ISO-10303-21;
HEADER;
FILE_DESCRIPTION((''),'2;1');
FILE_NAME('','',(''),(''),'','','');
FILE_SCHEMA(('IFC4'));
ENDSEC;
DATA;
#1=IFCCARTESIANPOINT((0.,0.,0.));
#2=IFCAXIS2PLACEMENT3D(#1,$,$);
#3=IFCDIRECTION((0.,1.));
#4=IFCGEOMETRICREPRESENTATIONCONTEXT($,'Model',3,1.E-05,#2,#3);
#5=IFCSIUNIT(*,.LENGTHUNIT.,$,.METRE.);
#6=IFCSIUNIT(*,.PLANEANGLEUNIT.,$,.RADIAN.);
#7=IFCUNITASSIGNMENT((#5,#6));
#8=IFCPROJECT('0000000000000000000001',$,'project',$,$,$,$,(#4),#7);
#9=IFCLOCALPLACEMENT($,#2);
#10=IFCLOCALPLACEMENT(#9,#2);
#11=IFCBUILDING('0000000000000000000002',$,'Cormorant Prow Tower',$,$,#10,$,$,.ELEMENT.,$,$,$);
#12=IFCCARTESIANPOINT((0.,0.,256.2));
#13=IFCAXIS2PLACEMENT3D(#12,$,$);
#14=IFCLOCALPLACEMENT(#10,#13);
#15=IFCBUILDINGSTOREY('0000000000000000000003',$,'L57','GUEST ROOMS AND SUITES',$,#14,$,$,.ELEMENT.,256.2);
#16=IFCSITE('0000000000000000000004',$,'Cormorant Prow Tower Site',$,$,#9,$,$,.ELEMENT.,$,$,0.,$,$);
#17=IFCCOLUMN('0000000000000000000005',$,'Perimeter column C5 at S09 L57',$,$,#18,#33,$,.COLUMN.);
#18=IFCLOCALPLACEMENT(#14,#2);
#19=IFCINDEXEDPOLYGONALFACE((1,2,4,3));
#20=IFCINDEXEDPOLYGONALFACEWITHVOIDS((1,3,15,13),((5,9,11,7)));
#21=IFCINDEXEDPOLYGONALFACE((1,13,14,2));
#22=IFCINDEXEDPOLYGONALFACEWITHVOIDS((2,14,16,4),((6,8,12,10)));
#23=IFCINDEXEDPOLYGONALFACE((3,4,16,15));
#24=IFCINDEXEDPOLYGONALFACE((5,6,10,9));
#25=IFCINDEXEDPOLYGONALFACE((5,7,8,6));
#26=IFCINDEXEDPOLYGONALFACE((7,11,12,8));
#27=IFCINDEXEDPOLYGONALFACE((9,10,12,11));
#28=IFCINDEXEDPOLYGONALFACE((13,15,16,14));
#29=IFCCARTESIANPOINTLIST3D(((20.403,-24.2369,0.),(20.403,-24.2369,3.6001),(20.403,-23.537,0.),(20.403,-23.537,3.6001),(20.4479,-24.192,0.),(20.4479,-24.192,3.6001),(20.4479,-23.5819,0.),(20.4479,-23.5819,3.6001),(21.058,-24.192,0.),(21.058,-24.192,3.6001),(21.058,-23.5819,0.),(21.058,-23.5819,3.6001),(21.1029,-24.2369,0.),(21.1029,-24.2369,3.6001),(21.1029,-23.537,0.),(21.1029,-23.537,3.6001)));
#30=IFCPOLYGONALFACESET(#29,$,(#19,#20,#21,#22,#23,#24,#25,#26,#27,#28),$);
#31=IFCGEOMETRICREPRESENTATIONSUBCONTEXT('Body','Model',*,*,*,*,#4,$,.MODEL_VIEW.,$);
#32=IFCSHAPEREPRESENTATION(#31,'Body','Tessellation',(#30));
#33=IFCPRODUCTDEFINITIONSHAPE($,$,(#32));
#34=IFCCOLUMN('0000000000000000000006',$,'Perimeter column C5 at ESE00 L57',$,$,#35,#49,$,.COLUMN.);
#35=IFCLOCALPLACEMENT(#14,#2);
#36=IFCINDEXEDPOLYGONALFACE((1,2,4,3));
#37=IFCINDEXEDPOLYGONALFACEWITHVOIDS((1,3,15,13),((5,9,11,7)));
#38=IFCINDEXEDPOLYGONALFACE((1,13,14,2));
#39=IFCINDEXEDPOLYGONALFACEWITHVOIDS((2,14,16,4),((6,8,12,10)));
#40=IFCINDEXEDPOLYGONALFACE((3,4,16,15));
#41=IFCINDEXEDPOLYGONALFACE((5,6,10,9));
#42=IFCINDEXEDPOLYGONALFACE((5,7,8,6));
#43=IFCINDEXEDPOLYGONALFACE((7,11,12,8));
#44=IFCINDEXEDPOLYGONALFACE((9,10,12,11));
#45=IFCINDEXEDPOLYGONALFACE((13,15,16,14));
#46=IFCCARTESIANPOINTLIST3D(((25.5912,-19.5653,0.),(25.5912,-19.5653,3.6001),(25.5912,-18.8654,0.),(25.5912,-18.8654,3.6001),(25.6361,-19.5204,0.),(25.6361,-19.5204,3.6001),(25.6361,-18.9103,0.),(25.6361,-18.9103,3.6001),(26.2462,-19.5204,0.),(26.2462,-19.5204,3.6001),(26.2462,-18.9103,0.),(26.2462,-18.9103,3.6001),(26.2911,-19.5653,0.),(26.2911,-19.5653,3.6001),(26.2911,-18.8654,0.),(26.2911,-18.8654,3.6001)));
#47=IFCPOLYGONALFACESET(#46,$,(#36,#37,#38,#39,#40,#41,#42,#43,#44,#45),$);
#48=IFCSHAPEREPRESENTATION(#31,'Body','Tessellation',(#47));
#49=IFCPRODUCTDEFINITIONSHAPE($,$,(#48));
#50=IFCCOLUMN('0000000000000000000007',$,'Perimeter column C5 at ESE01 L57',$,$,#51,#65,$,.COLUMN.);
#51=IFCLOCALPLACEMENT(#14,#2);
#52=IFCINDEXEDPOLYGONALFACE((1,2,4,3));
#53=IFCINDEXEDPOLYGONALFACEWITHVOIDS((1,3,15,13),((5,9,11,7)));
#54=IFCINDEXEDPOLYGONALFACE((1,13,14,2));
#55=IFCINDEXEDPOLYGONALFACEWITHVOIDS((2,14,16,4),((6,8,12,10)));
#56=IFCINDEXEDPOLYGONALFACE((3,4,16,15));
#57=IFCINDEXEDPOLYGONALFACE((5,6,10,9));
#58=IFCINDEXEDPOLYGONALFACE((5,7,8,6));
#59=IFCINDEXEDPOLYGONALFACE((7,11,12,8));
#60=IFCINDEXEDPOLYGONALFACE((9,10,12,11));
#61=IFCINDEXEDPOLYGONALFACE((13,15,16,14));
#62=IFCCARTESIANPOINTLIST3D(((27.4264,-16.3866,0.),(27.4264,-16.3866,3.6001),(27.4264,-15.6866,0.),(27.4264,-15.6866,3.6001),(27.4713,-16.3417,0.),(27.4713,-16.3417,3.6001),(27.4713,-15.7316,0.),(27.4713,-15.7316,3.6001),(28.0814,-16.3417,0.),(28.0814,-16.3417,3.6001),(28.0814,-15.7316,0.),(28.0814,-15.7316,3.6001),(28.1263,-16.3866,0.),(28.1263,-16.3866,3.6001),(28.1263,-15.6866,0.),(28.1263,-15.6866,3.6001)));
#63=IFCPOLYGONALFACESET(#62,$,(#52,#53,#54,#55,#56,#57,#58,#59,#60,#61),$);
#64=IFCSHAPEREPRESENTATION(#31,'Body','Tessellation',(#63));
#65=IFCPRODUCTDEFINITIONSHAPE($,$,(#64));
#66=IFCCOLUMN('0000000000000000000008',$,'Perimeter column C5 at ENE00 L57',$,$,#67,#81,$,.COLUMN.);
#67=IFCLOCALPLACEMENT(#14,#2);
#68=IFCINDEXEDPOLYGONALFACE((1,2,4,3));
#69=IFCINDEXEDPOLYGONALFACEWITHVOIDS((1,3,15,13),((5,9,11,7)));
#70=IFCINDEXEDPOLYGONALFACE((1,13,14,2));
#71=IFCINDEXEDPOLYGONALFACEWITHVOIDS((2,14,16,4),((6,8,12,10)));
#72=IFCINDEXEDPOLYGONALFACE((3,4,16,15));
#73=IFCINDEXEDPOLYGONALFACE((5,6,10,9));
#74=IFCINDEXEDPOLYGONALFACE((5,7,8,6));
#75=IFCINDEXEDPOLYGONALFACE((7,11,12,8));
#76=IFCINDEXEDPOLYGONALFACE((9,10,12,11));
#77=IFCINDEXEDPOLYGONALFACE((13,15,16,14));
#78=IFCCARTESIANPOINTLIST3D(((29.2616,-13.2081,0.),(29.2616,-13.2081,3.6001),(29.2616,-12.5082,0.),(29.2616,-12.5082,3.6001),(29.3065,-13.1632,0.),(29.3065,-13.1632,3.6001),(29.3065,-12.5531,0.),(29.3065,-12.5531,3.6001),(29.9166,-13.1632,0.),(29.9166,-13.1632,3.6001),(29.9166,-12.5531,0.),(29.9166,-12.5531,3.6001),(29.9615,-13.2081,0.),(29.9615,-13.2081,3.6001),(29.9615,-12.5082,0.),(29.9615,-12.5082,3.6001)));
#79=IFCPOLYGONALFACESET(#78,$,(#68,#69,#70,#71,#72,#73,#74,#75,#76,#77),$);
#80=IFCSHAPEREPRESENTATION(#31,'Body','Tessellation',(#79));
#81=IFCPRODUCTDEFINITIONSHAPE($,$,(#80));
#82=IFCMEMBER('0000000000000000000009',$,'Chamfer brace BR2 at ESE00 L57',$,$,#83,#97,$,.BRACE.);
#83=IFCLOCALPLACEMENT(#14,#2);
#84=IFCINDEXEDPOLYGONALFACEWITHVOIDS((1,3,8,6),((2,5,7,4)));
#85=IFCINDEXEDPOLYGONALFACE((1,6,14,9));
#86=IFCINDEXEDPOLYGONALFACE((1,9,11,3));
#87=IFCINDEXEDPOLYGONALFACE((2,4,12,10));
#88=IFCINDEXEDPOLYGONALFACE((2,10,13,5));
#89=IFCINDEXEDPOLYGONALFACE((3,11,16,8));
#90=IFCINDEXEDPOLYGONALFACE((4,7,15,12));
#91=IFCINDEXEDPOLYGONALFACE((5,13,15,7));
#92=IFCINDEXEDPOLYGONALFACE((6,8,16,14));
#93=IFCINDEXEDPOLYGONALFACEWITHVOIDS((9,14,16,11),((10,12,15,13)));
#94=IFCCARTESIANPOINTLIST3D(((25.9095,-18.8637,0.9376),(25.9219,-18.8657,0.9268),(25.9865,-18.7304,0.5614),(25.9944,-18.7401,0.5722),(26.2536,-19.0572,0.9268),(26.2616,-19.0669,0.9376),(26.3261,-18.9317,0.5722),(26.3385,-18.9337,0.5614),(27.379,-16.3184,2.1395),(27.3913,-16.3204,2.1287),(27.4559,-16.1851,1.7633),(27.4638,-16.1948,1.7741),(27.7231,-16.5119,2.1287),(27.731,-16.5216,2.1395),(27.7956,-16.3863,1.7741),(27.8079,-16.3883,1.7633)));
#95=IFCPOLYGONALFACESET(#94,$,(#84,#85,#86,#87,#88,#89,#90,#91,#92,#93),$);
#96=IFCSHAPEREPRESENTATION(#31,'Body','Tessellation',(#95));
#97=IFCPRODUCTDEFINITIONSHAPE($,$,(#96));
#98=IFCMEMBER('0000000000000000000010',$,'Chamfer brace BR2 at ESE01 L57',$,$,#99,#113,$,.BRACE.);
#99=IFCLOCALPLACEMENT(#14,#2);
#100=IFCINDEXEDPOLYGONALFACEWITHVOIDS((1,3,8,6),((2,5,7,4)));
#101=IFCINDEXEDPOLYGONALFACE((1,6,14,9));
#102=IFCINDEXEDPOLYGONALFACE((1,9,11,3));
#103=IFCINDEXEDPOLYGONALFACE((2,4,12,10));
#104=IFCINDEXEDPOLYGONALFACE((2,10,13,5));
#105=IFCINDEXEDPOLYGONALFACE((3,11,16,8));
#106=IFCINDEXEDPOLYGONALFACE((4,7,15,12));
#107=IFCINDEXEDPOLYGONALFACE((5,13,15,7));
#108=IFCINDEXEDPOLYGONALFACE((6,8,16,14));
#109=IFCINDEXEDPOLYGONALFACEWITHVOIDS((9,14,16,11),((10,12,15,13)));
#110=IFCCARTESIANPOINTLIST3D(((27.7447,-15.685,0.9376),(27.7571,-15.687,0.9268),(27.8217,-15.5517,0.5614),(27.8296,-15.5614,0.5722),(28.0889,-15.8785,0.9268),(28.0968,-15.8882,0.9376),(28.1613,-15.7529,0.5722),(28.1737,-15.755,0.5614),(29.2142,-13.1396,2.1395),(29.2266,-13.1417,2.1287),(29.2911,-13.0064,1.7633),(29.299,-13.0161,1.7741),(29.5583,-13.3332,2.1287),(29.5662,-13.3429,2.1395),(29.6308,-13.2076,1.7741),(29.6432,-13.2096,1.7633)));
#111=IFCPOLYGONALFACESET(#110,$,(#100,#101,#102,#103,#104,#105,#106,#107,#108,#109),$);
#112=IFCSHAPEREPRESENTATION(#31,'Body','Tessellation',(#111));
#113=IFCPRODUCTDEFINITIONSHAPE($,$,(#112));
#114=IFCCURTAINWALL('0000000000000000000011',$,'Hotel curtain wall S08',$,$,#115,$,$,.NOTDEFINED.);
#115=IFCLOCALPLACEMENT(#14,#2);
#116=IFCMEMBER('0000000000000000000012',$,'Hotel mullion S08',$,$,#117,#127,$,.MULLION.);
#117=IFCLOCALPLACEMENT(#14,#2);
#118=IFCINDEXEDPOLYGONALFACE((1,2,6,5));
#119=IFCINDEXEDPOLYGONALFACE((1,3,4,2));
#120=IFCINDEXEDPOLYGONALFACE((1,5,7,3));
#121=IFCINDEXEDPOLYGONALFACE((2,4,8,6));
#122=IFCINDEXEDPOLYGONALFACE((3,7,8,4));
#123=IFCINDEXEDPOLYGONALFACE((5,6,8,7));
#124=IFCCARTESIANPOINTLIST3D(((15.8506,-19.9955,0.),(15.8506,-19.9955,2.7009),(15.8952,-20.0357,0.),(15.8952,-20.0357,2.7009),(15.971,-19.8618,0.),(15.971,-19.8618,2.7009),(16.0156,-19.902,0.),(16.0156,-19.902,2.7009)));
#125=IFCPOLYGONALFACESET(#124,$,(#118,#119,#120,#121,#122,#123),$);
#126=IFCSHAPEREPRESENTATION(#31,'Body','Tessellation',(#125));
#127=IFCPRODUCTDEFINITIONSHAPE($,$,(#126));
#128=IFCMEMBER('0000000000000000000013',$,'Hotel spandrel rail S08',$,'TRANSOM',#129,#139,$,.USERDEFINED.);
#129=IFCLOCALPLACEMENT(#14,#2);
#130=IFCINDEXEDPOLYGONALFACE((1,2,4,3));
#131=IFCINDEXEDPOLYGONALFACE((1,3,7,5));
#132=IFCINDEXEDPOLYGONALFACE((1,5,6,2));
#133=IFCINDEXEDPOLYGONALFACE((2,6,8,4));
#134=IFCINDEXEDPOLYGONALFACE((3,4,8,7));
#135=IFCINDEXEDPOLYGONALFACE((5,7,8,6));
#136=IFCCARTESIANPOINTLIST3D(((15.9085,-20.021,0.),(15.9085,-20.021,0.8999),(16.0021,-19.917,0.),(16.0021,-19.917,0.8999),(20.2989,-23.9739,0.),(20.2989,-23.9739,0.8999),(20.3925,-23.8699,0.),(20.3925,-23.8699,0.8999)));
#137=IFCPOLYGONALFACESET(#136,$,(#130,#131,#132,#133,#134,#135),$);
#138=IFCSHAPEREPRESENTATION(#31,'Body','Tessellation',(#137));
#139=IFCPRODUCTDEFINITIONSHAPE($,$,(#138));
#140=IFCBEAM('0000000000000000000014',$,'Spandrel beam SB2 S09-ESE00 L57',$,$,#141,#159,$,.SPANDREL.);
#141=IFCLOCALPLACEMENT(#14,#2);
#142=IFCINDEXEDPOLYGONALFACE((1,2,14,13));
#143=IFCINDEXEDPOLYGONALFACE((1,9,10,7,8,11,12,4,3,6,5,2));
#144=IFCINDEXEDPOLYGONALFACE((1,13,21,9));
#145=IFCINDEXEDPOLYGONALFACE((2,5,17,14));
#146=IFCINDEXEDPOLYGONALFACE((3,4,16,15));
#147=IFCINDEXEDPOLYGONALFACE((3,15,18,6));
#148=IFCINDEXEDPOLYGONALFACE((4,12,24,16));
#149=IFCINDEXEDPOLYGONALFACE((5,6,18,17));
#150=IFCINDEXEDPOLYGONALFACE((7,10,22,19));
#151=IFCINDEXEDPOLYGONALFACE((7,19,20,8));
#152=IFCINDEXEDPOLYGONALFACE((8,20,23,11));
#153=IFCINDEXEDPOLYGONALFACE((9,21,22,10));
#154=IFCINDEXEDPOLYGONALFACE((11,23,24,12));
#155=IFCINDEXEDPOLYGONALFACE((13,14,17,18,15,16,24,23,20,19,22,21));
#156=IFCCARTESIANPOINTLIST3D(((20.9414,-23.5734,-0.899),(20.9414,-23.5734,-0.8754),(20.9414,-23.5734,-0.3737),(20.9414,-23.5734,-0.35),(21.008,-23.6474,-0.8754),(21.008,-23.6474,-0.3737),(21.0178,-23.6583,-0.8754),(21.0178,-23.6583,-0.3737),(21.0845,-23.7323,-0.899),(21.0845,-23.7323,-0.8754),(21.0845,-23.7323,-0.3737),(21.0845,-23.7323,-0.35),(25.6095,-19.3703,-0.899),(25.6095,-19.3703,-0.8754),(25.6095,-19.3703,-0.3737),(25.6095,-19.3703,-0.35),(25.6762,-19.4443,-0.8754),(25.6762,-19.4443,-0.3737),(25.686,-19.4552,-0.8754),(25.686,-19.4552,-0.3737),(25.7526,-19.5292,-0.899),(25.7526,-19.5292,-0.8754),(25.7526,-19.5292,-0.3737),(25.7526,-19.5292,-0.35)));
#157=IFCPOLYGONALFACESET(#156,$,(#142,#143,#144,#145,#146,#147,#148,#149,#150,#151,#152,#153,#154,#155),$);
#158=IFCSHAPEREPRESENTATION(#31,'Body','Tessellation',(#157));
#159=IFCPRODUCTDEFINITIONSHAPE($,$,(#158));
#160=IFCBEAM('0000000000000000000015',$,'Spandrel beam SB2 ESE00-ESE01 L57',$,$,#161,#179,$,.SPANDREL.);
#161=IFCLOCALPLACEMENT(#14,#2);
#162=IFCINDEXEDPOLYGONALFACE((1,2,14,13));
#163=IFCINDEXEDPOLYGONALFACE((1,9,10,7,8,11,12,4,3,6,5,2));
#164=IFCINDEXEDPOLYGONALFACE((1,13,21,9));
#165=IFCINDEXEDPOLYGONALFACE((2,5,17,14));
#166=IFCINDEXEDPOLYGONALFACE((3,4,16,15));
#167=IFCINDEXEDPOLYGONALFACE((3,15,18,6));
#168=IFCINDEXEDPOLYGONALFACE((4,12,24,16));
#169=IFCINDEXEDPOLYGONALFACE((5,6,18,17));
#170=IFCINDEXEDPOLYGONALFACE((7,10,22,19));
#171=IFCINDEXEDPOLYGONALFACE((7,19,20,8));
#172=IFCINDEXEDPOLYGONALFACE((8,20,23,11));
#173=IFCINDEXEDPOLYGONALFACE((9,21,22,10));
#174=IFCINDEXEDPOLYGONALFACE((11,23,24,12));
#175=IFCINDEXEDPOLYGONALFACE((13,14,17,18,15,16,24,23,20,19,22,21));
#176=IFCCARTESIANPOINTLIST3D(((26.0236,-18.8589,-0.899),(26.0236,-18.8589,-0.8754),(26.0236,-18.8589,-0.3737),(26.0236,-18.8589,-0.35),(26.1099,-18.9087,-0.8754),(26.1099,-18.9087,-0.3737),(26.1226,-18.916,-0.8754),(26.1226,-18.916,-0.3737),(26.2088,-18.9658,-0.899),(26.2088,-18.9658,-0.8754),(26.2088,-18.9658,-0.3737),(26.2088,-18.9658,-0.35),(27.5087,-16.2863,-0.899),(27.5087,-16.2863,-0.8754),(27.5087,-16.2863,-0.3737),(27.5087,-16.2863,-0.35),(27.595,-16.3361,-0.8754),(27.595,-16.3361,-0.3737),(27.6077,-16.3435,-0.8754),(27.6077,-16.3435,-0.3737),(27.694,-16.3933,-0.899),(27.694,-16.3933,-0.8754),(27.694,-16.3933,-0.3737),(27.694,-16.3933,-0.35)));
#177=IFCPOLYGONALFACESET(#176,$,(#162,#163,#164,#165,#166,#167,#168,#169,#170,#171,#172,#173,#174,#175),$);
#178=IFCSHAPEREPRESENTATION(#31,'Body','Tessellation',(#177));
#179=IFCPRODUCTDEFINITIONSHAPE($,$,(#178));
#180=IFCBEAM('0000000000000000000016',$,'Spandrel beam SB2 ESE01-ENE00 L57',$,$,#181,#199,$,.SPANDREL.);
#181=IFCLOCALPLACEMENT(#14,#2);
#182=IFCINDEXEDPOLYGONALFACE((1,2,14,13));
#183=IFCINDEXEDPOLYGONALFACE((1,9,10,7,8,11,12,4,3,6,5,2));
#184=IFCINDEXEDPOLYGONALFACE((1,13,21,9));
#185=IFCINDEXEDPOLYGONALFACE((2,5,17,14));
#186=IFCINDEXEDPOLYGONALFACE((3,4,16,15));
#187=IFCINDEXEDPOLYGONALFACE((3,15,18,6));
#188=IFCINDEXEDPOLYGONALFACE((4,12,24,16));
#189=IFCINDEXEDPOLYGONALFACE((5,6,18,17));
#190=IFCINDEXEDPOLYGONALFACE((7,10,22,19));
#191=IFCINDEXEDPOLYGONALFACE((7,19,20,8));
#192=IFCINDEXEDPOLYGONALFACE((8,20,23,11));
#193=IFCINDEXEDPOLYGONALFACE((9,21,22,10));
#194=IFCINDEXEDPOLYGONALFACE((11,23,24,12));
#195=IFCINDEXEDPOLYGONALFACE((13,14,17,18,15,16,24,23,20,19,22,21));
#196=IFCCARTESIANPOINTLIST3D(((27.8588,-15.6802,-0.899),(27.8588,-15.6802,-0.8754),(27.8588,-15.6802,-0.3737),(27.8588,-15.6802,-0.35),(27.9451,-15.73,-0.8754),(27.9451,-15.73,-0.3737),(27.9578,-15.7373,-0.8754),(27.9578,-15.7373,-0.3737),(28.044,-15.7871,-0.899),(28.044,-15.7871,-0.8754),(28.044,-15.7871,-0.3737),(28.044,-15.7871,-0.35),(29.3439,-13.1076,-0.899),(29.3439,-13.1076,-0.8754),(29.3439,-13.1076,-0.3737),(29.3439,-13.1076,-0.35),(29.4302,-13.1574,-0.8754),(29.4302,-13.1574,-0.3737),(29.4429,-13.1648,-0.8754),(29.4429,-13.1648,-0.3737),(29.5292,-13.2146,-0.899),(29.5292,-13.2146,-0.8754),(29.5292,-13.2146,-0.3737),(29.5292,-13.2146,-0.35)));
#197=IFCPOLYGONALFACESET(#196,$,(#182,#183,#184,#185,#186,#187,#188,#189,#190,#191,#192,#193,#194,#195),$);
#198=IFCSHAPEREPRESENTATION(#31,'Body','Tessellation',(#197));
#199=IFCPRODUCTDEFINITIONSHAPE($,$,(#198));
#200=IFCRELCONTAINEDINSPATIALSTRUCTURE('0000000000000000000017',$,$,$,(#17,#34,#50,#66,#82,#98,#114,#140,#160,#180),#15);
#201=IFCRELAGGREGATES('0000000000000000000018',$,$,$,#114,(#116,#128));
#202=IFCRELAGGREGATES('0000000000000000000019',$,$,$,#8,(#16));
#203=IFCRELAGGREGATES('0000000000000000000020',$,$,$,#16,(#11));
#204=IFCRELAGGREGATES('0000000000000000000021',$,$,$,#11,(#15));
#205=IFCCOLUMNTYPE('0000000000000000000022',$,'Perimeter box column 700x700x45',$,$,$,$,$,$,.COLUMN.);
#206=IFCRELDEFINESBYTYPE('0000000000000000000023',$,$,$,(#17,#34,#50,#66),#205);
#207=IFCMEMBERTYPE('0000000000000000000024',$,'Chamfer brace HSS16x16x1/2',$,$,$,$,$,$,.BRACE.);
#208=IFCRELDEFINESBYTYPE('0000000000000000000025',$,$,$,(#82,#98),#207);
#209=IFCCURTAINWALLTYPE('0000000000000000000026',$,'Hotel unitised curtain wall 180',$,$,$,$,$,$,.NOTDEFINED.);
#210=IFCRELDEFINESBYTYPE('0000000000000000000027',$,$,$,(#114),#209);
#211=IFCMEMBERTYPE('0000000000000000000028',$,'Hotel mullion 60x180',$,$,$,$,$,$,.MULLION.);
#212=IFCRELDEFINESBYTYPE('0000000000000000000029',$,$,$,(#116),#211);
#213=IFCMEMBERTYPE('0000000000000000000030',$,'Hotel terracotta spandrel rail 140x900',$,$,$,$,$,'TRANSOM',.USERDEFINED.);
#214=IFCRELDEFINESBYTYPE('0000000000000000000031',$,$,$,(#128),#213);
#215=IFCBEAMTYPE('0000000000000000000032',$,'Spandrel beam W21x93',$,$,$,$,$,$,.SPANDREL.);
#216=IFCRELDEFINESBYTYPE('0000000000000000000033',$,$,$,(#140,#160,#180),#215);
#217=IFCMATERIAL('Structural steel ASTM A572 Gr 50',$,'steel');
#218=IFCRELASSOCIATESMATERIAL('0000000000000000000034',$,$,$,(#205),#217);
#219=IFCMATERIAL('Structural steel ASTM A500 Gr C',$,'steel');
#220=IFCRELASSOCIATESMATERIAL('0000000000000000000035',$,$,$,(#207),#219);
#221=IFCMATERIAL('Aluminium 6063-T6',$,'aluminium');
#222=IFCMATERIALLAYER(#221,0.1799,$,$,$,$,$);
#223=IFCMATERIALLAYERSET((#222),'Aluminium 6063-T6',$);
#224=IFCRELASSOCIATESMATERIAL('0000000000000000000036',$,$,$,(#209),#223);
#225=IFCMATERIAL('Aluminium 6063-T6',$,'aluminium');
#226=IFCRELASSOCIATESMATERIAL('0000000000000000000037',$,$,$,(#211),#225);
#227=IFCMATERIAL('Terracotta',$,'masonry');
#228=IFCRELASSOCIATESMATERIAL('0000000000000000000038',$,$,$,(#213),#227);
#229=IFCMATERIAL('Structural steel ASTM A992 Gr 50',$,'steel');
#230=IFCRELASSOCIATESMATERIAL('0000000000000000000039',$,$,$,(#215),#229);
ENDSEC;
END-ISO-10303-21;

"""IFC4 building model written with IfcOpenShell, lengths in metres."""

from ifc_helpers import new_model, si_unit, direction, frame, origin, origin_2d, place, context, subcontext, project, spatial, rectangle, hollow_rectangle, i_section, extrude, material, layer, layer_set, material_profile, profile_set, type_object, element, aggregate, save


model = new_model("IFC4")

# Units and contexts
model_context = context("Model", 3, precision=1e-05, world=origin(), true_north=direction((0.0, 1.0)))
body_context = subcontext(model_context, "Body", "Model", "MODEL_VIEW")
ifc_project = project(units=[si_unit("LENGTHUNIT", "METRE"), si_unit("PLANEANGLEUNIT", "RADIAN")], contexts=[model_context])

# Site, building, storey
site_placement = place(None, origin())
site = spatial("IfcSite", under=ifc_project, at=site_placement, Name="Cormorant Prow Tower Site", CompositionType="ELEMENT", RefElevation=0.0)
building_placement = place(site_placement, origin())
building = spatial("IfcBuilding", under=site, at=building_placement, Name="Cormorant Prow Tower", CompositionType="ELEMENT")
storey_placement = place(building_placement, frame((0.0, 0.0, 256.2)))
storey = spatial("IfcBuildingStorey", under=building, at=storey_placement, Name="L57", Description="GUEST ROOMS AND SUITES", CompositionType="ELEMENT", Elevation=256.2)

# Columns
ifc_material_1 = material(Name="Structural steel ASTM A572 Gr 50", Category="steel")
ifc_material_profile_1 = material_profile(ifc_material_1, hollow_rectangle(XDim=0.7, YDim=0.7, WallThickness=0.0449, at=origin_2d()), Name="Box 700x700x45")
ifc_profile_set_1 = profile_set([ifc_material_profile_1], Name="Structural steel ASTM A572 Gr 50")
column_type = type_object("IfcColumnType", Name="Perimeter box column 700x700x45", PredefinedType="COLUMN", material=ifc_profile_set_1)
for number, where, z_axis, x_axis, name in (
    (1, (20.7529, -23.887, 0.0), (0.0, 0.0, 1.0), (1.0, 0.0, 0.0), "Perimeter column C5 at S09 L57"),
    (2, (25.9412, -19.2153, 0.0), (0.0, 0.0, 1.0), (1.0, 0.0, 0.0), "Perimeter column C5 at ESE00 L57"),
    (3, (27.7764, -16.0366, 0.0), (0.0, 0.0, 1.0), (1.0, 0.0, 0.0), "Perimeter column C5 at ESE01 L57"),
    (4, (29.6116, -12.8582, 0.0), (0.0, 0.0, 1.0), (1.0, 0.0, 0.0), "Perimeter column C5 at ENE00 L57"),
):
    element("IfcColumn", number, at=place(storey_placement, frame(where, z_axis=z_axis, x_axis=x_axis)), inside=storey, type_object=column_type, Name=name, PredefinedType="COLUMN", context=body_context, shape_type="SweptSolid", body=[
        extrude(hollow_rectangle(XDim=0.7, YDim=0.7, WallThickness=0.0449, at=origin_2d()), origin(), (0.0, 0.0, 1.0), 3.6001),
    ])

# Members
ifc_material_2 = material(Name="Structural steel ASTM A500 Gr C", Category="steel")
ifc_material_profile_2 = material_profile(ifc_material_2, hollow_rectangle(XDim=0.4065, YDim=0.4065, WallThickness=0.0117, at=origin_2d()), Name="HSS16x16x1/2")
ifc_profile_set_2 = profile_set([ifc_material_profile_2], Name="Structural steel ASTM A500 Gr C")
member_type_1 = type_object("IfcMemberType", Name="Chamfer brace HSS16x16x1/2", PredefinedType="BRACE", material=ifc_profile_set_2)
for number, where, z_axis, x_axis, name in (
    (5, (26.124, -18.8987, 0.7495), (0.462773, 0.801607, 0.378507), (-0.866042, 0.499972, 0.0), "Chamfer brace BR2 at ESE00 L57"),
    (6, (27.9592, -15.72, 0.7495), (0.462773, 0.801607, 0.378507), (-0.866042, 0.499972, 0.0), "Chamfer brace BR2 at ESE01 L57"),
):
    element("IfcMember", number, at=place(storey_placement, frame(where, z_axis=z_axis, x_axis=x_axis)), inside=storey, type_object=member_type_1, Name=name, PredefinedType="BRACE", context=body_context, shape_type="SweptSolid", body=[
        extrude(hollow_rectangle(XDim=0.4065, YDim=0.4065, WallThickness=0.0117, at=origin_2d()), origin(), (0.0, 0.0, 1.0), 3.1753),
    ])

# Curtain wall, members
ifc_material_3 = material(Name="Aluminium 6063-T6", Category="aluminium")
ifc_layer_1 = layer(ifc_material_3, 0.1799)
ifc_layer_set_1 = layer_set([ifc_layer_1], Name="Aluminium 6063-T6")
curtain_wall_type = type_object("IfcCurtainWallType", Name="Hotel unitised curtain wall 180", PredefinedType="NOTDEFINED", material=ifc_layer_set_1)
curtain_wall_placement = place(storey_placement, origin())
curtain_wall = element("IfcCurtainWall", 7, at=curtain_wall_placement, inside=storey, type_object=curtain_wall_type, Name="Hotel curtain wall S08", PredefinedType="NOTDEFINED")
ifc_material_4 = material(Name="Aluminium 6063-T6", Category="aluminium")
ifc_material_profile_3 = material_profile(ifc_material_4, rectangle(XDim=0.1799, YDim=0.0601, at=origin_2d()), Name="Hotel mullion 60x180")
ifc_profile_set_3 = profile_set([ifc_material_profile_3], Name="Aluminium 6063-T6")
member_type_2 = type_object("IfcMemberType", Name="Hotel mullion 60x180", PredefinedType="MULLION", material=ifc_profile_set_3)
member_1_placement = place(storey_placement, frame((15.9331, -19.9487, 0.0), z_axis=(0.0, 0.0, 1.0), x_axis=(0.669131, 0.743145, 0.0)))
member_1 = element("IfcMember", 8, at=member_1_placement, type_object=member_type_2, Name="Hotel mullion S08", PredefinedType="MULLION", context=body_context, shape_type="SweptSolid", body=[
    extrude(rectangle(XDim=0.1799, YDim=0.0601, at=origin_2d()), origin(), (0.0, 0.0, 1.0), 2.7009),
])
ifc_material_5 = material(Name="Terracotta", Category="masonry")
ifc_material_profile_4 = material_profile(ifc_material_5, rectangle(XDim=0.1399, YDim=0.8999, at=origin_2d()), Name="Hotel terracotta spandrel rail 140x900")
ifc_profile_set_4 = profile_set([ifc_material_profile_4], Name="Terracotta")
member_type_3 = type_object("IfcMemberType", Name="Hotel terracotta spandrel rail 140x900", ElementType="TRANSOM", PredefinedType="USERDEFINED", material=ifc_profile_set_4)
member_2_placement = place(storey_placement, frame((15.9553, -19.969, 0.45), z_axis=(0.743165, -0.669109, 0.0), x_axis=(0.669109, 0.743165, 0.0)))
member_2 = element("IfcMember", 9, at=member_2_placement, type_object=member_type_3, Name="Hotel spandrel rail S08", ObjectType="TRANSOM", PredefinedType="USERDEFINED", context=body_context, shape_type="SweptSolid", body=[
    extrude(rectangle(XDim=0.1399, YDim=0.8999, at=origin_2d()), origin(), (0.0, 0.0, 1.0), 5.9077),
])

# Beams
ifc_material_6 = material(Name="Structural steel ASTM A992 Gr 50", Category="steel")
ifc_material_profile_5 = material_profile(ifc_material_6, i_section(OverallWidth=0.2139, OverallDepth=0.5491, WebThickness=0.0146, FlangeThickness=0.0237, at=origin_2d()), Name="W21x93")
ifc_profile_set_5 = profile_set([ifc_material_profile_5], Name="Structural steel ASTM A992 Gr 50")
beam_type = type_object("IfcBeamType", Name="Spandrel beam W21x93", PredefinedType="SPANDREL", material=ifc_profile_set_5)
beam_placement = place(storey_placement, frame((21.0129, -23.6528, -0.6245), z_axis=(0.743157, 0.669117, 0.0), x_axis=(-0.669117, 0.743157, 0.0)))
element("IfcBeam", 10, at=beam_placement, inside=storey, type_object=beam_type, Name="Spandrel beam SB2 S09-ESE00 L57", PredefinedType="SPANDREL", context=body_context, shape_type="SweptSolid", body=[
    extrude(i_section(OverallWidth=0.2139, OverallDepth=0.5491, WebThickness=0.0146, FlangeThickness=0.0237, at=origin_2d()), origin(), (0.0, 0.0, 1.0), 6.2815),
])
for number, where, z_axis, x_axis, name in (
    (11, (26.1162, -18.9124, -0.6245), (0.499967, 0.866045, 0.0), (-0.866045, 0.499967, 0.0), "Spandrel beam SB2 ESE00-ESE01 L57"),
    (12, (27.9514, -15.7336, -0.6245), (0.499967, 0.866045, 0.0), (-0.866045, 0.499967, 0.0), "Spandrel beam SB2 ESE01-ENE00 L57"),
):
    element("IfcBeam", number, at=place(storey_placement, frame(where, z_axis=z_axis, x_axis=x_axis)), inside=storey, type_object=beam_type, Name=name, PredefinedType="SPANDREL", context=body_context, shape_type="SweptSolid", body=[
        extrude(i_section(OverallWidth=0.2139, OverallDepth=0.5491, WebThickness=0.0146, FlangeThickness=0.0237, at=origin_2d()), origin(), (0.0, 0.0, 1.0), 2.9705),
    ])

aggregate(curtain_wall, [member_1, member_2])

save(model, "model.ifc")
